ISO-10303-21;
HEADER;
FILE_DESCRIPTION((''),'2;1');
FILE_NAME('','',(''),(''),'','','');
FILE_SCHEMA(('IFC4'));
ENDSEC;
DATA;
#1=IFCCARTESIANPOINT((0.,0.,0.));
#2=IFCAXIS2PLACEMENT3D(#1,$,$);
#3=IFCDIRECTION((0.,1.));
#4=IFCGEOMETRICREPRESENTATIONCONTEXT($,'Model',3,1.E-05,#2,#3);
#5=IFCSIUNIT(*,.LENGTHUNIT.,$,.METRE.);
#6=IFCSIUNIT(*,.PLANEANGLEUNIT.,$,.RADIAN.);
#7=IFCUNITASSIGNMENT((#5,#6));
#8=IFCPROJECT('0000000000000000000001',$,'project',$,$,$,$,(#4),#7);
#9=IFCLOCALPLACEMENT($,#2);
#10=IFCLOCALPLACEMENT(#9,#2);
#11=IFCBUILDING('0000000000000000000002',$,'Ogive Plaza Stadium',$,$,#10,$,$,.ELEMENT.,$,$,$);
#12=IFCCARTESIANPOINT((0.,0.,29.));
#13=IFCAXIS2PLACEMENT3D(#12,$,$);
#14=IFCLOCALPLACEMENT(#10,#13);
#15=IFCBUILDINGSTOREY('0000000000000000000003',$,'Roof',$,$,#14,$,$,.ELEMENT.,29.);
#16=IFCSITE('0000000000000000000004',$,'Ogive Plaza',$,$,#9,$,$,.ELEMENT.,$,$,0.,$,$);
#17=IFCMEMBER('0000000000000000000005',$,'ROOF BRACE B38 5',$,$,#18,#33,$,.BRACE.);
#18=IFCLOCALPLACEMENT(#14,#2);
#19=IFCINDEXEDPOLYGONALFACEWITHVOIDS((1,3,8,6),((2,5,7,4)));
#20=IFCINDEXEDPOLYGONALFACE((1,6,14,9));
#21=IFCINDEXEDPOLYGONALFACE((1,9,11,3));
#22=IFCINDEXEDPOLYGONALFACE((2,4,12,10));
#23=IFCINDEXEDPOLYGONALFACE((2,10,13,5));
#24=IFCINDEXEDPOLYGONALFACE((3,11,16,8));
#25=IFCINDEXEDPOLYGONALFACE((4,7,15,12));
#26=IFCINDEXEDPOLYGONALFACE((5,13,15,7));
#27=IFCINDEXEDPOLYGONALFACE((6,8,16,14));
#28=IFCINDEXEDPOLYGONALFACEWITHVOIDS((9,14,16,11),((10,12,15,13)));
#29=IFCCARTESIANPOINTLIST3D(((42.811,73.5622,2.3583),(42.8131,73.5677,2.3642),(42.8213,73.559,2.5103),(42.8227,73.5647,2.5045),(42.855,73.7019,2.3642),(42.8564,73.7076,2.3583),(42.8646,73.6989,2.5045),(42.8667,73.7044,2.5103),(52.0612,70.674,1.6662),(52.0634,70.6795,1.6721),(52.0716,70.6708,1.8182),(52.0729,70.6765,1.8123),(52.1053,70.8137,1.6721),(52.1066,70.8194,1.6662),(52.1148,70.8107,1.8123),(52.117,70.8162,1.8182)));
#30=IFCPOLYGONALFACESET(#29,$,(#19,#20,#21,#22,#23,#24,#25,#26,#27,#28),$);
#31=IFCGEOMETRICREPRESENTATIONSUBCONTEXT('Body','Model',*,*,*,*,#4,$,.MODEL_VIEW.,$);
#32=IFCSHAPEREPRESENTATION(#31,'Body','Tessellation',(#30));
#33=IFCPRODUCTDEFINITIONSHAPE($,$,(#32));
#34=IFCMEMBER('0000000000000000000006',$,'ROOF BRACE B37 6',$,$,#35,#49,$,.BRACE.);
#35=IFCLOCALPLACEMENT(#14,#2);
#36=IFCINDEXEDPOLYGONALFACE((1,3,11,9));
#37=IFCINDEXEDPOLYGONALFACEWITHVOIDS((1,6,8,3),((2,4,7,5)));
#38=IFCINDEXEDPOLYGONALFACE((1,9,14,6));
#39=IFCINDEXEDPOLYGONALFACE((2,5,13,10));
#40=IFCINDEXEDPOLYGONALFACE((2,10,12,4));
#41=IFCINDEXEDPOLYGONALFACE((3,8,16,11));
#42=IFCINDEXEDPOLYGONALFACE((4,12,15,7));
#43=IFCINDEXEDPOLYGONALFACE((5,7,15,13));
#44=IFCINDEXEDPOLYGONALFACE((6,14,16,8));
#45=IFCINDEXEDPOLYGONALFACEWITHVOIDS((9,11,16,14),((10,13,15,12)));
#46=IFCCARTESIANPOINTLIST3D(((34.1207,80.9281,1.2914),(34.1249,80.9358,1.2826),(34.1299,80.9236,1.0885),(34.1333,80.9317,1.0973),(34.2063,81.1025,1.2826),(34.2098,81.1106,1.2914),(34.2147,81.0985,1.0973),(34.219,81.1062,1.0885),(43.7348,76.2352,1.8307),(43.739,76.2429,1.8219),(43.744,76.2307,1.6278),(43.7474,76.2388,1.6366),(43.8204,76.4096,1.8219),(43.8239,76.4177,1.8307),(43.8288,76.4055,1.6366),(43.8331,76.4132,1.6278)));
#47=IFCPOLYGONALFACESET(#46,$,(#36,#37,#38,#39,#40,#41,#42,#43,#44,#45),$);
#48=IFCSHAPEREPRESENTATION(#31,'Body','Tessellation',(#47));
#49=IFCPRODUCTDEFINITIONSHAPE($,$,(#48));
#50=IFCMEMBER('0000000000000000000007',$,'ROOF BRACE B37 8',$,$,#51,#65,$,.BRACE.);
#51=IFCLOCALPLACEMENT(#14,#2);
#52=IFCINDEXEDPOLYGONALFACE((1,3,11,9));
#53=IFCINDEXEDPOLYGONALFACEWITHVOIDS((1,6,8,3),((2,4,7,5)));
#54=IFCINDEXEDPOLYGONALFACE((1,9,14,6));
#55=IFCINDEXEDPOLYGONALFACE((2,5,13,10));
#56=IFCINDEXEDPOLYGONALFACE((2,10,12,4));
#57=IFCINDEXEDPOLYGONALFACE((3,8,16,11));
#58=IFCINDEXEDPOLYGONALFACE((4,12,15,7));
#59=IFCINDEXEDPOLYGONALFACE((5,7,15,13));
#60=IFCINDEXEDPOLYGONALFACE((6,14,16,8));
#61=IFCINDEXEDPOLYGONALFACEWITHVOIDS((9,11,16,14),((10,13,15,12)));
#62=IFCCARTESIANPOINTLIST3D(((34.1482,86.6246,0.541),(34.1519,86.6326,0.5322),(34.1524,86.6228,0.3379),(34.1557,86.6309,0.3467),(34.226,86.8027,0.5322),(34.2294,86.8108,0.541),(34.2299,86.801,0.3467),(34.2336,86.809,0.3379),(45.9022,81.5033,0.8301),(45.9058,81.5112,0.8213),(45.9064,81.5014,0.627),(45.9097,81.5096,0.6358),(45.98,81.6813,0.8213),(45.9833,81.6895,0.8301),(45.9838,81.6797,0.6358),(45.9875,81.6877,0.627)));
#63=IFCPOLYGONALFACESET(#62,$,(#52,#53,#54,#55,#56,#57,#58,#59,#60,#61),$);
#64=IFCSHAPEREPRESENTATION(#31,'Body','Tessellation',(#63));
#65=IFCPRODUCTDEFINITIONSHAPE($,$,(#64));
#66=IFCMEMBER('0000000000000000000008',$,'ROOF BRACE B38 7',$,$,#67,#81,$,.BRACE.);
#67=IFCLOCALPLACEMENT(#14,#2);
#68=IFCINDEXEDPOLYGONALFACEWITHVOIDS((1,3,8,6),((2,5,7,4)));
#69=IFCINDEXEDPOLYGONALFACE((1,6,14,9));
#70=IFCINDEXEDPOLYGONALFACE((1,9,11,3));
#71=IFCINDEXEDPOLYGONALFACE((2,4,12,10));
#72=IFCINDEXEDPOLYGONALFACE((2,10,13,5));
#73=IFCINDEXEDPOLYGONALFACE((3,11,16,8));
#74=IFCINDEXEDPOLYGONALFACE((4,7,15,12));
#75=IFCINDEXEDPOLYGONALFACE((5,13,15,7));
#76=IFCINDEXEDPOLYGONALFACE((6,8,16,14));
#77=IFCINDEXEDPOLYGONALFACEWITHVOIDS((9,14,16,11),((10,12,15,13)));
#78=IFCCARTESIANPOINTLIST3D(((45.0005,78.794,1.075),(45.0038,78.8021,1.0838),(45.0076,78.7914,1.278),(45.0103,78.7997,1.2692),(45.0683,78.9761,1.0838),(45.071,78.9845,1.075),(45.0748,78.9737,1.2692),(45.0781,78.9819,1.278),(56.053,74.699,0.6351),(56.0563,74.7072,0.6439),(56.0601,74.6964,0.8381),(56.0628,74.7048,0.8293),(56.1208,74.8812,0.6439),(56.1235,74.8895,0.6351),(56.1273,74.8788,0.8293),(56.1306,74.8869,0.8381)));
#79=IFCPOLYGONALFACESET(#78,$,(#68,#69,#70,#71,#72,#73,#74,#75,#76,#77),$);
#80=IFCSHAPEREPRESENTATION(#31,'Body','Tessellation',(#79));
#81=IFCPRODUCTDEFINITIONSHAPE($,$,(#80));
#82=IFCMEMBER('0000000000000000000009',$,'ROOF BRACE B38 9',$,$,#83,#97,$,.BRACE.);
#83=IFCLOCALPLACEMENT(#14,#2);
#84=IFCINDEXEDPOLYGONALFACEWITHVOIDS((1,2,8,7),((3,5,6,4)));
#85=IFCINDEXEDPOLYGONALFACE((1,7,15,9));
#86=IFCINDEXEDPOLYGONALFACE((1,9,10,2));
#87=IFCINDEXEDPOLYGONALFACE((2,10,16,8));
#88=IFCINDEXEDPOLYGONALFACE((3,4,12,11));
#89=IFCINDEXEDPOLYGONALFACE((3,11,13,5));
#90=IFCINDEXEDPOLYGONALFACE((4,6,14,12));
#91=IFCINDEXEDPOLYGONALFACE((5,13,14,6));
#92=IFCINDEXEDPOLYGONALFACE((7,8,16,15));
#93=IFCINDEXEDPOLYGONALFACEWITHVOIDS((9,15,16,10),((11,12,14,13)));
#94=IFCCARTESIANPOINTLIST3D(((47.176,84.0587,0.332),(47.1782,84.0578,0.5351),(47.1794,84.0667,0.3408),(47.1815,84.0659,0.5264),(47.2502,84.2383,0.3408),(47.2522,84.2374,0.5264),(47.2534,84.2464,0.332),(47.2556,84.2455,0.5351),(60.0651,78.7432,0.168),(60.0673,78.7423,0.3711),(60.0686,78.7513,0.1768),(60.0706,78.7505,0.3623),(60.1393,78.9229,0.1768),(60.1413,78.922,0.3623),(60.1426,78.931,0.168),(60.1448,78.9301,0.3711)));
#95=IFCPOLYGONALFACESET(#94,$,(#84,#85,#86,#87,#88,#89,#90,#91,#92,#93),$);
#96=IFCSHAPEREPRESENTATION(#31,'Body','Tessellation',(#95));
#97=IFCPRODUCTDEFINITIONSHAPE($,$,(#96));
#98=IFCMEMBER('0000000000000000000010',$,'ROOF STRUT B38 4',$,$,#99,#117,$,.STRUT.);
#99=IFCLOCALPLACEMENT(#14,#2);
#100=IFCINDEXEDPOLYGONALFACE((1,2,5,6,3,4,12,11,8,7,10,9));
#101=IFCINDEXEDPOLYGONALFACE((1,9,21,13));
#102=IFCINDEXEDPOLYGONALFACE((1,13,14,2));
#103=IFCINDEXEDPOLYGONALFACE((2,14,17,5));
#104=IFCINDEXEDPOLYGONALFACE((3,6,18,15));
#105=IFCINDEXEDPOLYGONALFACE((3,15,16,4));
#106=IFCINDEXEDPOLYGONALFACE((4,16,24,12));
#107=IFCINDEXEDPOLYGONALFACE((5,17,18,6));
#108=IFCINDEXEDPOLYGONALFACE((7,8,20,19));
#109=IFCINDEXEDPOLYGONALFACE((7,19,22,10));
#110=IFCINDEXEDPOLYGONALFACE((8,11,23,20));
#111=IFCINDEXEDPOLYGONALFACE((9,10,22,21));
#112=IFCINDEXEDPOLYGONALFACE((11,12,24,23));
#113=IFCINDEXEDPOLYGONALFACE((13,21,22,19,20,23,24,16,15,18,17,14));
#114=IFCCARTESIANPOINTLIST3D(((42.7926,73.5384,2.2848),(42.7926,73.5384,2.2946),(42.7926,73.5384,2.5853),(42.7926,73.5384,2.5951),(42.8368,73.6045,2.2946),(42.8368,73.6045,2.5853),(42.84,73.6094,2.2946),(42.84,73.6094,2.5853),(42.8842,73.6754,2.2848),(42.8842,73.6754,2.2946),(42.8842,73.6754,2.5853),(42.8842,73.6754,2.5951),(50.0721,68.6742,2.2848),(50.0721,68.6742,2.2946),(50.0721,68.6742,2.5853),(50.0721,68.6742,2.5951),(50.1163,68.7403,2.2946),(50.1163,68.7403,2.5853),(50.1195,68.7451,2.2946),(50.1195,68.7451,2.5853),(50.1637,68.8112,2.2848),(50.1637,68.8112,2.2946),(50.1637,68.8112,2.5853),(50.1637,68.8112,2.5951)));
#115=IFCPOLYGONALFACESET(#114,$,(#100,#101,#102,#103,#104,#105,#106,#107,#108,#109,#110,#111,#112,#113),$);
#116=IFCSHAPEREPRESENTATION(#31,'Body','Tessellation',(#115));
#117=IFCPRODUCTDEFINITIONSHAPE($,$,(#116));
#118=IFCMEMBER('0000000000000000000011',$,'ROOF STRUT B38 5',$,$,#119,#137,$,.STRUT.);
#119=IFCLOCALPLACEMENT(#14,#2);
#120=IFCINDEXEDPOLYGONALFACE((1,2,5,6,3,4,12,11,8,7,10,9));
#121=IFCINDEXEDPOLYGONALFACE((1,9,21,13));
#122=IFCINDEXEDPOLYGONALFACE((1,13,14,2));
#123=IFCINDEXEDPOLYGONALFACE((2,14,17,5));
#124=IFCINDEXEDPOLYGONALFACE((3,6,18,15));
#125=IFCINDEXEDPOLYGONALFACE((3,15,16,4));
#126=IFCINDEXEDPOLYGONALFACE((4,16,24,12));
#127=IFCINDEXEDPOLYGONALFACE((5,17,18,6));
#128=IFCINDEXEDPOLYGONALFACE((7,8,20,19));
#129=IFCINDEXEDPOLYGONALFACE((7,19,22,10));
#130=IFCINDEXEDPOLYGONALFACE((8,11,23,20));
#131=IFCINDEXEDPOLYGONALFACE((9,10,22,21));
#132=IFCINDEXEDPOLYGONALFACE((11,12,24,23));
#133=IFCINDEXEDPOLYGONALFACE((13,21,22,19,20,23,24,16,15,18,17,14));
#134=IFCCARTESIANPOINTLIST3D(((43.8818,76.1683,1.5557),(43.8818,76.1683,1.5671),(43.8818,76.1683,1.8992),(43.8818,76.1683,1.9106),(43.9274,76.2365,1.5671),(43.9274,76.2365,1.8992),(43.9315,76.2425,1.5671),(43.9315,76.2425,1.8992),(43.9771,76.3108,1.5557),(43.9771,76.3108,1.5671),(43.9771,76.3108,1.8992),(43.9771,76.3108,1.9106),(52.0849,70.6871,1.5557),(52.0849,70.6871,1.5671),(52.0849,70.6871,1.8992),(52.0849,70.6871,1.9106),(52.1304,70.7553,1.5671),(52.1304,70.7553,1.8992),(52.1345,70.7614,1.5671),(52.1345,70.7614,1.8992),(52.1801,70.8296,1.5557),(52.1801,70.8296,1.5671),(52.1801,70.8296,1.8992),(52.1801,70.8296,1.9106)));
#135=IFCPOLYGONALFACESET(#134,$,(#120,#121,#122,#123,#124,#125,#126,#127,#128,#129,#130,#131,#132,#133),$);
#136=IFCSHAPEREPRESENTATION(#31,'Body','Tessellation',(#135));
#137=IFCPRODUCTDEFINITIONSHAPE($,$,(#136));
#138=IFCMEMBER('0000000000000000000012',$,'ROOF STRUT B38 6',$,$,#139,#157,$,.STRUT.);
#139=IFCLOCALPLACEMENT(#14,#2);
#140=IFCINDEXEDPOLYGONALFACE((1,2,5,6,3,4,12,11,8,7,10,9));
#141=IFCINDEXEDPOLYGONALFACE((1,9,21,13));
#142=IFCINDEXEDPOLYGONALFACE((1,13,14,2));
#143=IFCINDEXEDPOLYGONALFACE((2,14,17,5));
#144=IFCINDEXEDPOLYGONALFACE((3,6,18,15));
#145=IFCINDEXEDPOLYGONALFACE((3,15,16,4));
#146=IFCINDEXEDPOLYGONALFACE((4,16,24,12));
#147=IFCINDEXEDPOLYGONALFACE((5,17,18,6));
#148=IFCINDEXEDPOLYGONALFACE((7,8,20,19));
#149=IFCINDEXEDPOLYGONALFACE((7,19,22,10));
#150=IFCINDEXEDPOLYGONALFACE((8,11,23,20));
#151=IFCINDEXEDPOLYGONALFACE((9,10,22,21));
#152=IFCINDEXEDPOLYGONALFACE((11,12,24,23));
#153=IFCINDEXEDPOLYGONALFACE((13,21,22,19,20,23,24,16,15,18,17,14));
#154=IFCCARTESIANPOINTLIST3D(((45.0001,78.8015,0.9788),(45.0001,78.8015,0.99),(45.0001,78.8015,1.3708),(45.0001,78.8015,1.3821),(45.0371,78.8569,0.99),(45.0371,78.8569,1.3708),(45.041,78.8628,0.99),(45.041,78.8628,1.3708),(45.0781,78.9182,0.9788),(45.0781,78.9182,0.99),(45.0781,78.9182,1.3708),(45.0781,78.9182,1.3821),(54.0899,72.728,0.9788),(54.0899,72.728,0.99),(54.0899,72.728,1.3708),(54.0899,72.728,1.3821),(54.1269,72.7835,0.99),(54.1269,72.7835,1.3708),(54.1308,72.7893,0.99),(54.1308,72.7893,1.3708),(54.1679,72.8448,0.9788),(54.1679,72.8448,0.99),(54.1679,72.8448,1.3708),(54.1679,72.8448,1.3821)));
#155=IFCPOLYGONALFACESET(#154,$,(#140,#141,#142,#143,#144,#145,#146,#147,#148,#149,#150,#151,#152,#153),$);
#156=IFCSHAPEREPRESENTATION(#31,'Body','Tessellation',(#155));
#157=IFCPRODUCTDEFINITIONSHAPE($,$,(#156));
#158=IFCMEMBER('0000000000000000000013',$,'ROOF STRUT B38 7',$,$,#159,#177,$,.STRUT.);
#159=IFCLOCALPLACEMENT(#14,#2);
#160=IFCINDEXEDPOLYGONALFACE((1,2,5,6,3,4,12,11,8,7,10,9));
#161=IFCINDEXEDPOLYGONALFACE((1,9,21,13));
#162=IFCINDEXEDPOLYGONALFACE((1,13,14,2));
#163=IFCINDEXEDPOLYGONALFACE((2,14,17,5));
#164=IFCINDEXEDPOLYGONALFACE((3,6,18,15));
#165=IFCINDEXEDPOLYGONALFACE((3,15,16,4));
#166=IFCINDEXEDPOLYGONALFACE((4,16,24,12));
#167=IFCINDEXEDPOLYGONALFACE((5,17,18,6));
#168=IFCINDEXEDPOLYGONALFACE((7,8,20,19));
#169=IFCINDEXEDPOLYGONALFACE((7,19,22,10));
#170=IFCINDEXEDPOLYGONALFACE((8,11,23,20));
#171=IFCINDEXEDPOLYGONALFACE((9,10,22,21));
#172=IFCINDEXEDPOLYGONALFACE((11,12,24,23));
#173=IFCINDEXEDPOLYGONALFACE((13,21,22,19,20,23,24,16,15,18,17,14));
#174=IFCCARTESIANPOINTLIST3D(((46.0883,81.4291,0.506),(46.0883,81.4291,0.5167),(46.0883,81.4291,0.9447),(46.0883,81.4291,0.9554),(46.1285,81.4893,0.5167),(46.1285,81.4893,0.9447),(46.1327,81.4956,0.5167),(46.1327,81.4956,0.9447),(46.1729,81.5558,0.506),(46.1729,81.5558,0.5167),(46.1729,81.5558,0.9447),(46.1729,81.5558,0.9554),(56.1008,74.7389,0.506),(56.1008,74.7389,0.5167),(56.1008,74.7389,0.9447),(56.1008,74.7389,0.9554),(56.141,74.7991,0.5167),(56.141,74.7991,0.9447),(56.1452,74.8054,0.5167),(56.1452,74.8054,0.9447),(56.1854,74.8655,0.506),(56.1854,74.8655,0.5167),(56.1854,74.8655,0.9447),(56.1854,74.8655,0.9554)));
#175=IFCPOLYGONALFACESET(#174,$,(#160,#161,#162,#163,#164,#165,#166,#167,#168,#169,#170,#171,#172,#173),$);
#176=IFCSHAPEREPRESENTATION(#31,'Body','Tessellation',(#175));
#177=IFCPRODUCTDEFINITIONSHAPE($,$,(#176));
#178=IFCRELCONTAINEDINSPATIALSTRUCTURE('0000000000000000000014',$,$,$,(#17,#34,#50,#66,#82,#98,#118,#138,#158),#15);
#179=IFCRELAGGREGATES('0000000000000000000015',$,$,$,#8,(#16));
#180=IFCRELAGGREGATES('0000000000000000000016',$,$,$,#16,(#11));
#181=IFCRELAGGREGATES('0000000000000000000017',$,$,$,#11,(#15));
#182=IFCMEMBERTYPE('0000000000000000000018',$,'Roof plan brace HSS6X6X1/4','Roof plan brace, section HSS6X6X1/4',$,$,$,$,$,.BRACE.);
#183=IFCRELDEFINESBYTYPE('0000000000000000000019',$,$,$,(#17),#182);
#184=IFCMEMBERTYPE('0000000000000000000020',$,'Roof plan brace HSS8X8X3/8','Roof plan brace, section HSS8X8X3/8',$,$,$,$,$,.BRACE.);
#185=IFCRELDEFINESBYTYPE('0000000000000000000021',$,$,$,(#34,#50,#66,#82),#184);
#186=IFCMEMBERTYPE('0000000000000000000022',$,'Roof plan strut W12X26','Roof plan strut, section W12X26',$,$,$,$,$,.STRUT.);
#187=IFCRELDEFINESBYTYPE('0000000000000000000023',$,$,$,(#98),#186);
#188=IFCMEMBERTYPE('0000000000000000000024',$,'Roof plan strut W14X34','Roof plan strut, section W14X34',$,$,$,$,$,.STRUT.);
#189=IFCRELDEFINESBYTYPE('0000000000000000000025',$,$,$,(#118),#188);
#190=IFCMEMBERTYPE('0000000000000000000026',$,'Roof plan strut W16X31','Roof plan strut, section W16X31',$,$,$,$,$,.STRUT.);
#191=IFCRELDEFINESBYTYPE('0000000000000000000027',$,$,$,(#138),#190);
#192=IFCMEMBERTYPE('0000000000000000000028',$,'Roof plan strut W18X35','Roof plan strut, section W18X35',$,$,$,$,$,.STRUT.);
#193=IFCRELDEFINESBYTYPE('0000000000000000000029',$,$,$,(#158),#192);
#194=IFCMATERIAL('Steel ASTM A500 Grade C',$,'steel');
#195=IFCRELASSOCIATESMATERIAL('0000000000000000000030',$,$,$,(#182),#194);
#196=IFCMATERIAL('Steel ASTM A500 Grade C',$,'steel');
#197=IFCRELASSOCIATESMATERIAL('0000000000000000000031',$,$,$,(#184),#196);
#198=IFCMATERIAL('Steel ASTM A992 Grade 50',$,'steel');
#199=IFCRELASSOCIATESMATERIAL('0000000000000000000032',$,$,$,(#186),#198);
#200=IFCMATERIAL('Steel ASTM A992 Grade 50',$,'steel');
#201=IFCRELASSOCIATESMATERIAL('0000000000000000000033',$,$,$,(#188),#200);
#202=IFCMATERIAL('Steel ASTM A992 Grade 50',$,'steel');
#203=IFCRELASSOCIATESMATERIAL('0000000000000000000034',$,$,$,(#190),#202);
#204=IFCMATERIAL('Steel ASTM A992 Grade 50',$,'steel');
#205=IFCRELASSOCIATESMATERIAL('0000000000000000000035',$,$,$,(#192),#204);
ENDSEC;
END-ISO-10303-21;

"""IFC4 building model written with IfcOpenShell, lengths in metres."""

from ifc_helpers import new_model, si_unit, direction, frame, origin, origin_2d, place, context, subcontext, project, spatial, hollow_rectangle, i_section, extrude, material, material_profile, profile_set, type_object, element, save


model = new_model("IFC4")

# Units and contexts
model_context = context("Model", 3, precision=1e-05, world=origin(), true_north=direction((0.0, 1.0)))
body_context = subcontext(model_context, "Body", "Model", "MODEL_VIEW")
ifc_project = project(units=[si_unit("LENGTHUNIT", "METRE"), si_unit("PLANEANGLEUNIT", "RADIAN")], contexts=[model_context])

# Site, building, storey
site_placement = place(None, origin())
site = spatial("IfcSite", under=ifc_project, at=site_placement, Name="Ogive Plaza", CompositionType="ELEMENT", RefElevation=0.0)
building_placement = place(site_placement, origin())
building = spatial("IfcBuilding", under=site, at=building_placement, Name="Ogive Plaza Stadium", CompositionType="ELEMENT")
storey_placement = place(building_placement, frame((0.0, 0.0, 29.0)))
storey = spatial("IfcBuildingStorey", under=building, at=storey_placement, Name="Roof", CompositionType="ELEMENT", Elevation=29.0)

# Members
ifc_material_1 = material(Name="Steel ASTM A500 Grade C", Category="steel")
ifc_material_profile_1 = material_profile(ifc_material_1, hollow_rectangle(XDim=0.1523, YDim=0.1523, WallThickness=0.0059, at=origin_2d()), Name="HSS6X6X1/4")
ifc_profile_set_1 = profile_set([ifc_material_profile_1], Name="Steel ASTM A500 Grade C")
member_type_1 = type_object("IfcMemberType", Name="Roof plan brace HSS6X6X1/4", Description="Roof plan brace, section HSS6X6X1/4", PredefinedType="BRACE", material=ifc_profile_set_1)
member_1_placement = place(storey_placement, frame((42.8389, 73.6333, 2.4343), z_axis=(0.952128, -0.297281, -0.071242), x_axis=(0.298038, 0.954554, 0.0)))
element("IfcMember", 1, at=member_1_placement, inside=storey, type_object=member_type_1, Name="ROOF BRACE B38 5", PredefinedType="BRACE", context=body_context, shape_type="SweptSolid", body=[
    extrude(hollow_rectangle(XDim=0.1523, YDim=0.1523, WallThickness=0.0059, at=origin_2d()), origin(), (0.0, 0.0, 1.0), 9.7153),
])
ifc_material_2 = material(Name="Steel ASTM A500 Grade C", Category="steel")
ifc_material_profile_2 = material_profile(ifc_material_2, hollow_rectangle(XDim=0.2031, YDim=0.2031, WallThickness=0.0088, at=origin_2d()), Name="HSS8X8X3/8")
ifc_profile_set_2 = profile_set([ifc_material_profile_2], Name="Steel ASTM A500 Grade C")
member_type_2 = type_object("IfcMemberType", Name="Roof plan brace HSS8X8X3/8", Description="Roof plan brace, section HSS8X8X3/8", PredefinedType="BRACE", material=ifc_profile_set_2)
member_2_placement = place(storey_placement, frame((43.7839, 76.3242, 1.7292), z_axis=(-0.897514, 0.438102, -0.050347), x_axis=(-0.438658, -0.898654, 0.0)))
element("IfcMember", 2, at=member_2_placement, inside=storey, type_object=member_type_2, Name="ROOF BRACE B37 6", PredefinedType="BRACE", context=body_context, shape_type="SweptSolid", body=[
    extrude(hollow_rectangle(XDim=0.2031, YDim=0.2031, WallThickness=0.0088, at=origin_2d()), origin(), (0.0, 0.0, 1.0), 10.7119),
])
member_3_placement = place(storey_placement, frame((45.9448, 81.5955, 0.7285), z_axis=(-0.916525, 0.399342, -0.02254), x_axis=(-0.399444, -0.916758, 0.0)))
element("IfcMember", 3, at=member_3_placement, inside=storey, type_object=member_type_2, Name="ROOF BRACE B37 8", PredefinedType="BRACE", context=body_context, shape_type="SweptSolid", body=[
    extrude(hollow_rectangle(XDim=0.2031, YDim=0.2031, WallThickness=0.0088, at=origin_2d()), origin(), (0.0, 0.0, 1.0), 12.8245),
])
member_4_placement = place(storey_placement, frame((45.0393, 78.8879, 1.1765), z_axis=(0.937056, -0.347181, -0.037299), x_axis=(0.347423, 0.937709, 0.0)))
element("IfcMember", 4, at=member_4_placement, inside=storey, type_object=member_type_2, Name="ROOF BRACE B38 7", PredefinedType="BRACE", context=body_context, shape_type="SweptSolid", body=[
    extrude(hollow_rectangle(XDim=0.2031, YDim=0.2031, WallThickness=0.0088, at=origin_2d()), origin(), (0.0, 0.0, 1.0), 11.7949),
])
member_5_placement = place(storey_placement, frame((47.2158, 84.1521, 0.4336), z_axis=(0.924409, -0.381222, -0.011767), x_axis=(0.381248, 0.924473, 0.0)))
element("IfcMember", 5, at=member_5_placement, inside=storey, type_object=member_type_2, Name="ROOF BRACE B38 9", PredefinedType="BRACE", context=body_context, shape_type="SweptSolid", body=[
    extrude(hollow_rectangle(XDim=0.2031, YDim=0.2031, WallThickness=0.0088, at=origin_2d()), origin(), (0.0, 0.0, 1.0), 13.9431),
])
ifc_material_3 = material(Name="Steel ASTM A992 Grade 50", Category="steel")
ifc_material_profile_3 = material_profile(ifc_material_3, i_section(OverallWidth=0.1648, OverallDepth=0.3103, WebThickness=0.0059, FlangeThickness=0.0098, at=origin_2d()), Name="W12X26")
ifc_profile_set_3 = profile_set([ifc_material_profile_3], Name="Steel ASTM A992 Grade 50")
member_type_3 = type_object("IfcMemberType", Name="Roof plan strut W12X26", Description="Roof plan strut, section W12X26", PredefinedType="STRUT", material=ifc_profile_set_3)
member_6_placement = place(storey_placement, frame((42.8384, 73.6069, 2.4399), z_axis=(0.831458, -0.555588, 0.0), x_axis=(0.555588, 0.831458, 0.0)))
element("IfcMember", 6, at=member_6_placement, inside=storey, type_object=member_type_3, Name="ROOF STRUT B38 4", PredefinedType="STRUT", context=body_context, shape_type="SweptSolid", body=[
    extrude(i_section(OverallWidth=0.1648, OverallDepth=0.3103, WebThickness=0.0059, FlangeThickness=0.0098, at=origin_2d()), origin(), (0.0, 0.0, 1.0), 8.7551),
])
ifc_material_4 = material(Name="Steel ASTM A992 Grade 50", Category="steel")
ifc_material_profile_4 = material_profile(ifc_material_4, i_section(OverallWidth=0.1714, OverallDepth=0.355, WebThickness=0.0073, FlangeThickness=0.0115, at=origin_2d()), Name="W14X34")
ifc_profile_set_4 = profile_set([ifc_material_profile_4], Name="Steel ASTM A992 Grade 50")
member_type_4 = type_object("IfcMemberType", Name="Roof plan strut W14X34", Description="Roof plan strut, section W14X34", PredefinedType="STRUT", material=ifc_profile_set_4)
member_7_placement = place(storey_placement, frame((43.9294, 76.2395, 1.7332), z_axis=(0.831467, -0.555574, 0.0), x_axis=(0.555574, 0.831467, 0.0)))
element("IfcMember", 7, at=member_7_placement, inside=storey, type_object=member_type_4, Name="ROOF STRUT B38 5", PredefinedType="STRUT", context=body_context, shape_type="SweptSolid", body=[
    extrude(i_section(OverallWidth=0.1714, OverallDepth=0.355, WebThickness=0.0073, FlangeThickness=0.0115, at=origin_2d()), origin(), (0.0, 0.0, 1.0), 9.8657),
])
ifc_material_5 = material(Name="Steel ASTM A992 Grade 50", Category="steel")
ifc_material_profile_5 = material_profile(ifc_material_5, i_section(OverallWidth=0.1404, OverallDepth=0.4033, WebThickness=0.0071, FlangeThickness=0.0112, at=origin_2d()), Name="W16X31")
ifc_profile_set_5 = profile_set([ifc_material_profile_5], Name="Steel ASTM A992 Grade 50")
member_type_5 = type_object("IfcMemberType", Name="Roof plan strut W16X31", Description="Roof plan strut, section W16X31", PredefinedType="STRUT", material=ifc_profile_set_5)
member_8_placement = place(storey_placement, frame((45.0391, 78.8599, 1.1804), z_axis=(0.831476, -0.555561, 0.0), x_axis=(0.555561, 0.831476, 0.0)))
element("IfcMember", 8, at=member_8_placement, inside=storey, type_object=member_type_5, Name="ROOF STRUT B38 6", PredefinedType="STRUT", context=body_context, shape_type="SweptSolid", body=[
    extrude(i_section(OverallWidth=0.1404, OverallDepth=0.4033, WebThickness=0.0071, FlangeThickness=0.0112, at=origin_2d()), origin(), (0.0, 0.0, 1.0), 10.9321),
])
ifc_material_6 = material(Name="Steel ASTM A992 Grade 50", Category="steel")
ifc_material_profile_6 = material_profile(ifc_material_6, i_section(OverallWidth=0.1523, OverallDepth=0.4495, WebThickness=0.0076, FlangeThickness=0.0107, at=origin_2d()), Name="W18X35")
ifc_profile_set_6 = profile_set([ifc_material_profile_6], Name="Steel ASTM A992 Grade 50")
member_type_6 = type_object("IfcMemberType", Name="Roof plan strut W18X35", Description="Roof plan strut, section W18X35", PredefinedType="STRUT", material=ifc_profile_set_6)
member_9_placement = place(storey_placement, frame((46.1306, 81.4924, 0.7307), z_axis=(0.831467, -0.555575, 0.0), x_axis=(0.555575, 0.831467, 0.0)))
element("IfcMember", 9, at=member_9_placement, inside=storey, type_object=member_type_6, Name="ROOF STRUT B38 7", PredefinedType="STRUT", context=body_context, shape_type="SweptSolid", body=[
    extrude(i_section(OverallWidth=0.1523, OverallDepth=0.4495, WebThickness=0.0076, FlangeThickness=0.0107, at=origin_2d()), origin(), (0.0, 0.0, 1.0), 12.042),
])

save(model, "model.ifc")
